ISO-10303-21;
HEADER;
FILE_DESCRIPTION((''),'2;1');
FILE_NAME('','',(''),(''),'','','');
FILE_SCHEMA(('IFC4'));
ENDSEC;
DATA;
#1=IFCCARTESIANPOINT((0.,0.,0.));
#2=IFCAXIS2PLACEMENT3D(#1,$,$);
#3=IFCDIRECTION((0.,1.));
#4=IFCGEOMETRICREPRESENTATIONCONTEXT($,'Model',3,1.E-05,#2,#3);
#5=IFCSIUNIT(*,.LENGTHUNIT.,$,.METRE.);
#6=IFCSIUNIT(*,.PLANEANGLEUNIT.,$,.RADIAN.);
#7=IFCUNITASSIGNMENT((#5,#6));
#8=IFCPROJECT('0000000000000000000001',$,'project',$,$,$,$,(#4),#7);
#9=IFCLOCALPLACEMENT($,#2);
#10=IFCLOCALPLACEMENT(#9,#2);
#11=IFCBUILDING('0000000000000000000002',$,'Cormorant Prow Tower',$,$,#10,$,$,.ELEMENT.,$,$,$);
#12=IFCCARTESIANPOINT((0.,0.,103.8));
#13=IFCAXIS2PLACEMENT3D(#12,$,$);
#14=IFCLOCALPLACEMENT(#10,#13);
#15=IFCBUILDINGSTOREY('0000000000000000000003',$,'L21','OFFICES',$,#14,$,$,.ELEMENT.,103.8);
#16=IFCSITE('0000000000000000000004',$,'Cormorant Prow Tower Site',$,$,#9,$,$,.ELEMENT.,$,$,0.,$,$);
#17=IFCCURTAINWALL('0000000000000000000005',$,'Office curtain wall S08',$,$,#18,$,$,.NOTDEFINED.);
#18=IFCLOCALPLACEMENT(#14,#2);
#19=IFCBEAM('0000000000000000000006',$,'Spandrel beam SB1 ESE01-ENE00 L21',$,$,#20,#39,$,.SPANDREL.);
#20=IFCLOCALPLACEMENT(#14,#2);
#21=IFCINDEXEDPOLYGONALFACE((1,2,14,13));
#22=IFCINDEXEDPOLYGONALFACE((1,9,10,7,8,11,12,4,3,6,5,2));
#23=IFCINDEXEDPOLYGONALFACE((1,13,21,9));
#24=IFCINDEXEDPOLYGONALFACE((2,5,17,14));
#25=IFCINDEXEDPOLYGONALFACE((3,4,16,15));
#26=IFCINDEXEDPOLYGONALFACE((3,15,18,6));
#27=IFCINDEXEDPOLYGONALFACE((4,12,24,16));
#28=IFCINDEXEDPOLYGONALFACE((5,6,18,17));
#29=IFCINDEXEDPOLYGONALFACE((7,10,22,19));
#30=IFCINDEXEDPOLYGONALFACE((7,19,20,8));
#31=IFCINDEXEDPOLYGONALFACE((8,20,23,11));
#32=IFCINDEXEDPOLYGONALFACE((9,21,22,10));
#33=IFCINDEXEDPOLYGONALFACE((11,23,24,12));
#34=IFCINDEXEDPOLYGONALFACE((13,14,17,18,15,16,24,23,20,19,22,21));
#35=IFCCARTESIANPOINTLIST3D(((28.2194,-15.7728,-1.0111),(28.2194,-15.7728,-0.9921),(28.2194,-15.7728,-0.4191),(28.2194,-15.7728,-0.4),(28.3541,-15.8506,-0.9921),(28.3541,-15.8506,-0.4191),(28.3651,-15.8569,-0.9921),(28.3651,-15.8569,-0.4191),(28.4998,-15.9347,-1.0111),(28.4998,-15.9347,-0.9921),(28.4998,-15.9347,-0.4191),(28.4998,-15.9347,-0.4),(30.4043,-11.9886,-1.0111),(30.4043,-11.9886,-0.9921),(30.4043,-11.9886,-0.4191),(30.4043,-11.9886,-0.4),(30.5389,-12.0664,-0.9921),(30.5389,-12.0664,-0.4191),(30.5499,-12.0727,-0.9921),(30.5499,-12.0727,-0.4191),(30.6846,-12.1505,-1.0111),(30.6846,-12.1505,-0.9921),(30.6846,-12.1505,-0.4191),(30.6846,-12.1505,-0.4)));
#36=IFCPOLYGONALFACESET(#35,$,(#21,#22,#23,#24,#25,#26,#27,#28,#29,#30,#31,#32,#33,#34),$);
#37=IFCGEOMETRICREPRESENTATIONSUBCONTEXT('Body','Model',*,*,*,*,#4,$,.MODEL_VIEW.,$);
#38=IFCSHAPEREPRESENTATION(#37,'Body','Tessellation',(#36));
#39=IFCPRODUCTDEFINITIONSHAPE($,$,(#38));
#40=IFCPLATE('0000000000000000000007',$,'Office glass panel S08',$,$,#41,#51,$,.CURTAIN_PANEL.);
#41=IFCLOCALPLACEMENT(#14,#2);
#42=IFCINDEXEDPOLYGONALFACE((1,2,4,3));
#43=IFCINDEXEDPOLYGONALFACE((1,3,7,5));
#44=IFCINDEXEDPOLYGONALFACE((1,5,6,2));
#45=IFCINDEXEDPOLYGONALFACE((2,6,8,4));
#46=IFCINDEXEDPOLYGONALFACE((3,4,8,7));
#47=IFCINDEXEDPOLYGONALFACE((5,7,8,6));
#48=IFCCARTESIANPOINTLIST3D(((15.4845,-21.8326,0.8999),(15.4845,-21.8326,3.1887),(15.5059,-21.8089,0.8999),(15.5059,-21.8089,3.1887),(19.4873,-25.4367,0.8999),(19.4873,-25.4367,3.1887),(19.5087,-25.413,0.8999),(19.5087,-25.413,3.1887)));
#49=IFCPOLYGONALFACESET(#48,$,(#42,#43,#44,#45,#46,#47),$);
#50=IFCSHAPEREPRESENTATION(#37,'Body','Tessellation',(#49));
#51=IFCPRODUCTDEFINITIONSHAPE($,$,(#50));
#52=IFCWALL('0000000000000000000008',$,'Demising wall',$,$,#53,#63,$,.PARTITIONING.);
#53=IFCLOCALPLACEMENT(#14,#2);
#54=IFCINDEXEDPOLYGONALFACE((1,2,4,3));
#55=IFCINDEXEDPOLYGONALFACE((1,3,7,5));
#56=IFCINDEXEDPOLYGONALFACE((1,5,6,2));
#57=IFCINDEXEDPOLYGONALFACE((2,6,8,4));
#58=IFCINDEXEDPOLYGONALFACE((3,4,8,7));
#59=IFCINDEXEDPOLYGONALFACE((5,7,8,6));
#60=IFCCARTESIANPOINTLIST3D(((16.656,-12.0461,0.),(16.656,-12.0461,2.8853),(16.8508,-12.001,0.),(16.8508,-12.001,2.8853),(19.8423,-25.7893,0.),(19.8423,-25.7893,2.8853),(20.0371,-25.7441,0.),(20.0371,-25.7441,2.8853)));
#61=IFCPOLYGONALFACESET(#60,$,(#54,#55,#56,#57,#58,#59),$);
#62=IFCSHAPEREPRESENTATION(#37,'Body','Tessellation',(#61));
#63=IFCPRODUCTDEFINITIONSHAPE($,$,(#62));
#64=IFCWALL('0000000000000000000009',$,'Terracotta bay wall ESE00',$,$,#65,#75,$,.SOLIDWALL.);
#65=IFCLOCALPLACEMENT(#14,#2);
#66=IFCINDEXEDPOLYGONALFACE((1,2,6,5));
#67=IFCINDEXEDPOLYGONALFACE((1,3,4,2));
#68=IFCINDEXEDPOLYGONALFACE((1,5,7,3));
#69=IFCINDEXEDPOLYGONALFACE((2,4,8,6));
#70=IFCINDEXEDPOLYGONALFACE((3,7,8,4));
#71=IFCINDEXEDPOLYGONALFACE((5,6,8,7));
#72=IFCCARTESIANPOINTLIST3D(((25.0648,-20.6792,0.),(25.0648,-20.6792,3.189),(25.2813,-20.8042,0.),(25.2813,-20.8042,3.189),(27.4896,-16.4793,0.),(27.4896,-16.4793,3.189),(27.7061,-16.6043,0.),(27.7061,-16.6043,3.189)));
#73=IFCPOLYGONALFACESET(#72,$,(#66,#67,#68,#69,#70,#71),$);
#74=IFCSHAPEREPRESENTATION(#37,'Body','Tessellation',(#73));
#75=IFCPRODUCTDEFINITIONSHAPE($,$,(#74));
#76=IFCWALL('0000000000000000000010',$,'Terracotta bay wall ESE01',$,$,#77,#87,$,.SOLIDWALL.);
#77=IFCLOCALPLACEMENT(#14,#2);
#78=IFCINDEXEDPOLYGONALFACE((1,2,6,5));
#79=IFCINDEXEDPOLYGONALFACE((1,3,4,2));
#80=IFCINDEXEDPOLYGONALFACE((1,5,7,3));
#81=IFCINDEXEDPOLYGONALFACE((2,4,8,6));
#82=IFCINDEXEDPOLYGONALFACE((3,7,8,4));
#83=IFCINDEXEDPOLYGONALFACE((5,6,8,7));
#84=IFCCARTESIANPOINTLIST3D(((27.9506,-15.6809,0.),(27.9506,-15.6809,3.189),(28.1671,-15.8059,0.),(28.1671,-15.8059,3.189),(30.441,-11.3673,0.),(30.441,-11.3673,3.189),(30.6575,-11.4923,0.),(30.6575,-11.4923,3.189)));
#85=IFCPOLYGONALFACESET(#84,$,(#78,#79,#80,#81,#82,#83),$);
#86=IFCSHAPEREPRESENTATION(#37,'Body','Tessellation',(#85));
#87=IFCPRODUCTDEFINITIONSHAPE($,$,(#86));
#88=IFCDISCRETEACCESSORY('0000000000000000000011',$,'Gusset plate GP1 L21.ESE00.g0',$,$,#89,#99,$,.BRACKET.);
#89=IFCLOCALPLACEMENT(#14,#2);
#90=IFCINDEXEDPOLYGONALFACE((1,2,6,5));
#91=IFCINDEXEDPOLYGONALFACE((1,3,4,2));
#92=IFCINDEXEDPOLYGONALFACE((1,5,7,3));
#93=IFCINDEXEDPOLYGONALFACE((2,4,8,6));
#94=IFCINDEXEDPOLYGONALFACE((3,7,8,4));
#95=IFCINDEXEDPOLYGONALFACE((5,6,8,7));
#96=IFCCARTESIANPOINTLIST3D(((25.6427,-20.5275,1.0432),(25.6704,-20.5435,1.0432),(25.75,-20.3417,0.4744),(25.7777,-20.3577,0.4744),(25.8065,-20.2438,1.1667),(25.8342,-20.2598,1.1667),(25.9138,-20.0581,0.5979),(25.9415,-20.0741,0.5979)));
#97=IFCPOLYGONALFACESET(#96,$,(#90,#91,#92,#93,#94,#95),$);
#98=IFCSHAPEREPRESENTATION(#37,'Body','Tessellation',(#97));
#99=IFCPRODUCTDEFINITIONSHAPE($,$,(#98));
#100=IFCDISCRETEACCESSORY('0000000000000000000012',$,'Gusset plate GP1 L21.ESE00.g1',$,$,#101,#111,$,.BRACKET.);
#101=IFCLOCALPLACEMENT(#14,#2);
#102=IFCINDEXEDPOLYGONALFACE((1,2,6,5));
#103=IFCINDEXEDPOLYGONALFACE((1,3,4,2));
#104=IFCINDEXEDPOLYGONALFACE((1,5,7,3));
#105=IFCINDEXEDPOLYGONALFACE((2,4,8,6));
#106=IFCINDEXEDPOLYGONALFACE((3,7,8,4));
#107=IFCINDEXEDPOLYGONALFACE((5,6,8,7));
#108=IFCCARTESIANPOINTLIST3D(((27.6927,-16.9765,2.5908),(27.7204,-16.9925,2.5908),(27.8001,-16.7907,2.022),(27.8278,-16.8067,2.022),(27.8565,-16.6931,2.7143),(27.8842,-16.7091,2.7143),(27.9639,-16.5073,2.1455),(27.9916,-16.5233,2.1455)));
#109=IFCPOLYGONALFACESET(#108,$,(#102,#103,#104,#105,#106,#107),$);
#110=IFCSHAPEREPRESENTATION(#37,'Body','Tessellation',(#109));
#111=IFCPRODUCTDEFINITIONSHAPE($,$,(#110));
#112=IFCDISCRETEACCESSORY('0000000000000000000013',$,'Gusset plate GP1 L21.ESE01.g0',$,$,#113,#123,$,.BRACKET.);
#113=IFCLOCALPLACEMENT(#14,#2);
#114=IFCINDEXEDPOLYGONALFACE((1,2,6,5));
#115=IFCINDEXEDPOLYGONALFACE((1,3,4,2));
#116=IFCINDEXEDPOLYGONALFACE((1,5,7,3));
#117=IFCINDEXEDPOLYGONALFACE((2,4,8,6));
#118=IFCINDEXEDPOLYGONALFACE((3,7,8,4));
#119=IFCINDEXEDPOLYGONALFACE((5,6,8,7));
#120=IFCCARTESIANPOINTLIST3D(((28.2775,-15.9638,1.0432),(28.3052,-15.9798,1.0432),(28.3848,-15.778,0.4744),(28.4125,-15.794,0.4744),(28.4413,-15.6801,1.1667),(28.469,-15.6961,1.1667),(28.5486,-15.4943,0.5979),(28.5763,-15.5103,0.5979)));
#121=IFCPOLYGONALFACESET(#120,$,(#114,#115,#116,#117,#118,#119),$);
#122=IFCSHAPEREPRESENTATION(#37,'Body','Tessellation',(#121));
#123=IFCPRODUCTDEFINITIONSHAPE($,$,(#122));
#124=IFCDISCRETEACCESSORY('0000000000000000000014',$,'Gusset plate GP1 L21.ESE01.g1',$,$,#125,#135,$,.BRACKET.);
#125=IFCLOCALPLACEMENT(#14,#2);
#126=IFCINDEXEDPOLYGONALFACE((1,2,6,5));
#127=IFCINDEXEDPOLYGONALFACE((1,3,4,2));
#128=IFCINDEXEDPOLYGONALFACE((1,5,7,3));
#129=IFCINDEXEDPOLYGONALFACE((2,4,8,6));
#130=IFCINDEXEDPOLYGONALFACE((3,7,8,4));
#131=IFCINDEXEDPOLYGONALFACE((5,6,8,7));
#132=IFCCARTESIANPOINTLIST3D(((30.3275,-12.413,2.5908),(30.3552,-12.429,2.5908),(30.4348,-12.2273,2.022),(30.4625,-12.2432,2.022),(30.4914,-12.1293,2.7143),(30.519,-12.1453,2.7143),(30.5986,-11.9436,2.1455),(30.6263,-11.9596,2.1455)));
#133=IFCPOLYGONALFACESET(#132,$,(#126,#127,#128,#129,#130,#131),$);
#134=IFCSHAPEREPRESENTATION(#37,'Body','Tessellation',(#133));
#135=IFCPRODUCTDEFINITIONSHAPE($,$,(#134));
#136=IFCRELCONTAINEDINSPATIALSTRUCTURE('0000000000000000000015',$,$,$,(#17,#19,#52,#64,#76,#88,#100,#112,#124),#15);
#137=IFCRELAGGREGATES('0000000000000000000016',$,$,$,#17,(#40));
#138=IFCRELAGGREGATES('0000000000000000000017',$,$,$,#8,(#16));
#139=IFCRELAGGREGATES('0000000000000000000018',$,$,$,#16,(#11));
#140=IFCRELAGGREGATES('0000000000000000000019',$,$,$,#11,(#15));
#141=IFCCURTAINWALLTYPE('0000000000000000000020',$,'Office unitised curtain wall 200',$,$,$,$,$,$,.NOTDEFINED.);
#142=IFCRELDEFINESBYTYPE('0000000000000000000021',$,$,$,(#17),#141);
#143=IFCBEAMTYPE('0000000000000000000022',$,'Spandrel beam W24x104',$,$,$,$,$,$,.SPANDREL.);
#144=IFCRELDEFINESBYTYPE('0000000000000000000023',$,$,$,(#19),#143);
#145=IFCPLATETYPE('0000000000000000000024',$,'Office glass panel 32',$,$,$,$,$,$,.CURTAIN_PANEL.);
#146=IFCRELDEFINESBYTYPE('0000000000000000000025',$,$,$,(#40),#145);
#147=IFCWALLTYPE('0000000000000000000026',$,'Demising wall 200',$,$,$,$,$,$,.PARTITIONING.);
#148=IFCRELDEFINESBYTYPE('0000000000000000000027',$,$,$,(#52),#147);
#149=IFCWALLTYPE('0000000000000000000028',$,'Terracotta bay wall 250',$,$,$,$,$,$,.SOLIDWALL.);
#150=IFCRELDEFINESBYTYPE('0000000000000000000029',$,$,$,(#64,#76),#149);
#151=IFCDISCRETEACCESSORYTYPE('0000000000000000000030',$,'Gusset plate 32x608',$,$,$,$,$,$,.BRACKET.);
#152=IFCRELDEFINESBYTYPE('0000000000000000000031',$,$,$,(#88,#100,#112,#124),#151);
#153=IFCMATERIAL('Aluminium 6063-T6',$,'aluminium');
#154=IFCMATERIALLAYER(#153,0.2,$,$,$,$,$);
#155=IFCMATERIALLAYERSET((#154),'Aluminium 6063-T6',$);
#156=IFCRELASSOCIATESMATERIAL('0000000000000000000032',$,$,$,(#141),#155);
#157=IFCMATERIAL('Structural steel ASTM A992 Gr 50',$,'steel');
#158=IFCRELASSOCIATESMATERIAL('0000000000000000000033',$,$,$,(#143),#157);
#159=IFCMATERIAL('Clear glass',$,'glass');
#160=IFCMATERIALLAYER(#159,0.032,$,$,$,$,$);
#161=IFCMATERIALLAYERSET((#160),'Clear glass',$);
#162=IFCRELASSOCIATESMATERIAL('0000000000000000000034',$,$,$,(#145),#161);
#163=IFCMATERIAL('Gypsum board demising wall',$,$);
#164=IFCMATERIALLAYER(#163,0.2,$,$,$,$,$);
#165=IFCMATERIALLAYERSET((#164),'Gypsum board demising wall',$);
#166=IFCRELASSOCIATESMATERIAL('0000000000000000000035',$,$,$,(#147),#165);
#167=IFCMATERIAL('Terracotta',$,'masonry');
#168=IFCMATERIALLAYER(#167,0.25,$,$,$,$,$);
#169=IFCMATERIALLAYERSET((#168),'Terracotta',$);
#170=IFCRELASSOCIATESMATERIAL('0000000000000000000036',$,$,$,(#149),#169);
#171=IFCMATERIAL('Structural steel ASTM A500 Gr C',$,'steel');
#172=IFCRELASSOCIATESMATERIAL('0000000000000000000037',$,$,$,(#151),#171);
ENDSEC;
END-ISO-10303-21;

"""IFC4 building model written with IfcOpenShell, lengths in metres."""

from ifc_helpers import new_model, si_unit, direction, frame, frame_2d, origin, origin_2d, place, context, subcontext, project, spatial, rectangle, i_section, extrude, material, layer, layer_set, material_profile, profile_set, type_object, element, aggregate, save


model = new_model("IFC4")

# Units and contexts
model_context = context("Model", 3, precision=1e-05, world=origin(), true_north=direction((0.0, 1.0)))
body_context = subcontext(model_context, "Body", "Model", "MODEL_VIEW")
ifc_project = project(units=[si_unit("LENGTHUNIT", "METRE"), si_unit("PLANEANGLEUNIT", "RADIAN")], contexts=[model_context])

# Site, building, storey
site_placement = place(None, origin())
site = spatial("IfcSite", under=ifc_project, at=site_placement, Name="Cormorant Prow Tower Site", CompositionType="ELEMENT", RefElevation=0.0)
building_placement = place(site_placement, origin())
building = spatial("IfcBuilding", under=site, at=building_placement, Name="Cormorant Prow Tower", CompositionType="ELEMENT")
storey_placement = place(building_placement, frame((0.0, 0.0, 103.8)))
storey = spatial("IfcBuildingStorey", under=building, at=storey_placement, Name="L21", Description="OFFICES", CompositionType="ELEMENT", Elevation=103.8)

# Curtain wall
ifc_material_1 = material(Name="Aluminium 6063-T6", Category="aluminium")
ifc_layer_1 = layer(ifc_material_1, 0.2)
ifc_layer_set_1 = layer_set([ifc_layer_1], Name="Aluminium 6063-T6")
curtain_wall_type = type_object("IfcCurtainWallType", Name="Office unitised curtain wall 200", PredefinedType="NOTDEFINED", material=ifc_layer_set_1)
curtain_wall_placement = place(storey_placement, origin())
curtain_wall = element("IfcCurtainWall", 1, at=curtain_wall_placement, inside=storey, type_object=curtain_wall_type, Name="Office curtain wall S08", PredefinedType="NOTDEFINED")

# Beam
ifc_material_2 = material(Name="Structural steel ASTM A992 Gr 50", Category="steel")
ifc_material_profile_1 = material_profile(ifc_material_2, i_section(OverallWidth=0.3237, OverallDepth=0.6111, WebThickness=0.0127, FlangeThickness=0.019, at=origin_2d()), Name="W24x104")
ifc_profile_set_1 = profile_set([ifc_material_profile_1], Name="Structural steel ASTM A992 Gr 50")
beam_type_1 = type_object("IfcBeamType", Name="Spandrel beam W24x104", PredefinedType="SPANDREL", material=ifc_profile_set_1)
for number, where, z_axis, x_axis, name in (
    (2, (28.3596, -15.8538, -0.7056), (0.500003, 0.866024, 0.0), (-0.866024, 0.500003, 0.0), "Spandrel beam SB1 ESE01-ENE00 L21"),
):
    element("IfcBeam", number, at=place(storey_placement, frame(where, z_axis=z_axis, x_axis=x_axis)), inside=storey, type_object=beam_type_1, Name=name, PredefinedType="SPANDREL", context=body_context, shape_type="SweptSolid", body=[
        extrude(i_section(OverallWidth=0.3237, OverallDepth=0.6111, WebThickness=0.0127, FlangeThickness=0.019, at=origin_2d()), origin(), (0.0, 0.0, 1.0), 4.3696),
    ])

# Plate
ifc_material_3 = material(Name="Clear glass", Category="glass")
ifc_layer_2 = layer(ifc_material_3, 0.032)
ifc_layer_set_2 = layer_set([ifc_layer_2], Name="Clear glass")
plate_type = type_object("IfcPlateType", Name="Office glass panel 32", PredefinedType="CURTAIN_PANEL", material=ifc_layer_set_2)
plate_placement = place(storey_placement, frame((17.4966, -23.6228, 0.8999), z_axis=(0.0, 0.0, 1.0), x_axis=(0.743145, -0.669131, 0.0)))
plate = element("IfcPlate", 3, at=plate_placement, type_object=plate_type, Name="Office glass panel S08", PredefinedType="CURTAIN_PANEL", context=body_context, shape_type="SweptSolid", body=[
    extrude(rectangle(XDim=5.3862, YDim=0.032, at=origin_2d()), origin(), (0.0, 0.0, 1.0), 2.2888),
])
aggregate(curtain_wall, [plate])

# Walls
ifc_material_4 = material(Name="Gypsum board demising wall")
ifc_layer_3 = layer(ifc_material_4, 0.2)
ifc_layer_set_3 = layer_set([ifc_layer_3], Name="Gypsum board demising wall")
wall_type_1 = type_object("IfcWallType", Name="Demising wall 200", PredefinedType="PARTITIONING", material=ifc_layer_set_3)
wall_1_placement = place(storey_placement, frame((16.7534, -12.0237, 0.0), z_axis=(0.0, 0.0, 1.0), x_axis=(0.225854, -0.974161, 0.0)))
element("IfcWall", 4, at=wall_1_placement, inside=storey, type_object=wall_type_1, Name="Demising wall", PredefinedType="PARTITIONING", context=body_context, shape_type="SweptSolid", body=[
    extrude(rectangle(XDim=14.1077, YDim=0.2, at=frame_2d((7.0537, 0.0))), origin(), (0.0, 0.0, 1.0), 2.8853),
])
ifc_material_5 = material(Name="Terracotta", Category="masonry")
ifc_layer_4 = layer(ifc_material_5, 0.25)
ifc_layer_set_4 = layer_set([ifc_layer_4], Name="Terracotta")
wall_type_2 = type_object("IfcWallType", Name="Terracotta bay wall 250", PredefinedType="SOLIDWALL", material=ifc_layer_set_4)
wall_2_placement = place(storey_placement, frame((25.1731, -20.7417, 0.0), z_axis=(0.0, 0.0, 1.0), x_axis=(0.499994, 0.866029, 0.0)))
element("IfcWall", 5, at=wall_2_placement, inside=storey, type_object=wall_type_2, Name="Terracotta bay wall ESE00", PredefinedType="SOLIDWALL", context=body_context, shape_type="SweptSolid", body=[
    extrude(rectangle(XDim=4.8496, YDim=0.25, at=frame_2d((2.4248, 0.0))), origin(), (0.0, 0.0, 1.0), 3.189),
])
wall_3_placement = place(storey_placement, frame((28.0588, -15.7434, 0.0), z_axis=(0.0, 0.0, 1.0), x_axis=(0.499993, 0.86603, 0.0)))
element("IfcWall", 6, at=wall_3_placement, inside=storey, type_object=wall_type_2, Name="Terracotta bay wall ESE01", PredefinedType="SOLIDWALL", context=body_context, shape_type="SweptSolid", body=[
    extrude(rectangle(XDim=4.981, YDim=0.25, at=frame_2d((2.4905, 0.0))), origin(), (0.0, 0.0, 1.0), 3.189),
])

# Discrete accessories
ifc_material_6 = material(Name="Structural steel ASTM A500 Gr C", Category="steel")
ifc_material_profile_2 = material_profile(ifc_material_6, rectangle(XDim=0.032, YDim=0.6079, at=origin_2d()), Name="Gusset plate 32x608")
ifc_profile_set_2 = profile_set([ifc_material_profile_2], Name="Structural steel ASTM A500 Gr C")
discrete_accessory_type = type_object("IfcDiscreteAccessoryType", Name="Gusset plate 32x608", PredefinedType="BRACKET", material=ifc_profile_set_2)
discrete_accessory_1_placement = place(storey_placement, frame((25.874, -20.1589, 0.8823), z_axis=(-0.467903, -0.810288, -0.352845), x_axis=(0.865987, -0.500067, 0.0)))
element("IfcDiscreteAccessory", 7, at=discrete_accessory_1_placement, inside=storey, type_object=discrete_accessory_type, Name="Gusset plate GP1 L21.ESE00.g0", PredefinedType="BRACKET", context=body_context, shape_type="SweptSolid", body=[
    extrude(rectangle(XDim=0.032, YDim=0.6079, at=origin_2d()), origin(), (0.0, 0.0, 1.0), 0.3501),
])
discrete_accessory_2_placement = place(storey_placement, frame((27.7603, -16.8916, 2.3064), z_axis=(0.468168, 0.810049, 0.353044), x_axis=(-0.8658, 0.500389, 0.0)))
element("IfcDiscreteAccessory", 8, at=discrete_accessory_2_placement, inside=storey, type_object=discrete_accessory_type, Name="Gusset plate GP1 L21.ESE00.g1", PredefinedType="BRACKET", context=body_context, shape_type="SweptSolid", body=[
    extrude(rectangle(XDim=0.032, YDim=0.6079, at=origin_2d()), origin(), (0.0, 0.0, 1.0), 0.3499),
])
for number, where, z_axis, x_axis, name in (
    (9, (28.5088, -15.5952, 0.8823), (-0.467903, -0.810288, -0.352845), (0.865987, -0.500067, 0.0), "Gusset plate GP1 L21.ESE01.g0"),
    (10, (30.395, -12.3281, 2.3064), (0.467903, 0.810288, 0.352845), (-0.865987, 0.500067, 0.0), "Gusset plate GP1 L21.ESE01.g1"),
):
    element("IfcDiscreteAccessory", number, at=place(storey_placement, frame(where, z_axis=z_axis, x_axis=x_axis)), inside=storey, type_object=discrete_accessory_type, Name=name, PredefinedType="BRACKET", context=body_context, shape_type="SweptSolid", body=[
        extrude(rectangle(XDim=0.032, YDim=0.6079, at=origin_2d()), origin(), (0.0, 0.0, 1.0), 0.3501),
    ])

save(model, "model.ifc")
